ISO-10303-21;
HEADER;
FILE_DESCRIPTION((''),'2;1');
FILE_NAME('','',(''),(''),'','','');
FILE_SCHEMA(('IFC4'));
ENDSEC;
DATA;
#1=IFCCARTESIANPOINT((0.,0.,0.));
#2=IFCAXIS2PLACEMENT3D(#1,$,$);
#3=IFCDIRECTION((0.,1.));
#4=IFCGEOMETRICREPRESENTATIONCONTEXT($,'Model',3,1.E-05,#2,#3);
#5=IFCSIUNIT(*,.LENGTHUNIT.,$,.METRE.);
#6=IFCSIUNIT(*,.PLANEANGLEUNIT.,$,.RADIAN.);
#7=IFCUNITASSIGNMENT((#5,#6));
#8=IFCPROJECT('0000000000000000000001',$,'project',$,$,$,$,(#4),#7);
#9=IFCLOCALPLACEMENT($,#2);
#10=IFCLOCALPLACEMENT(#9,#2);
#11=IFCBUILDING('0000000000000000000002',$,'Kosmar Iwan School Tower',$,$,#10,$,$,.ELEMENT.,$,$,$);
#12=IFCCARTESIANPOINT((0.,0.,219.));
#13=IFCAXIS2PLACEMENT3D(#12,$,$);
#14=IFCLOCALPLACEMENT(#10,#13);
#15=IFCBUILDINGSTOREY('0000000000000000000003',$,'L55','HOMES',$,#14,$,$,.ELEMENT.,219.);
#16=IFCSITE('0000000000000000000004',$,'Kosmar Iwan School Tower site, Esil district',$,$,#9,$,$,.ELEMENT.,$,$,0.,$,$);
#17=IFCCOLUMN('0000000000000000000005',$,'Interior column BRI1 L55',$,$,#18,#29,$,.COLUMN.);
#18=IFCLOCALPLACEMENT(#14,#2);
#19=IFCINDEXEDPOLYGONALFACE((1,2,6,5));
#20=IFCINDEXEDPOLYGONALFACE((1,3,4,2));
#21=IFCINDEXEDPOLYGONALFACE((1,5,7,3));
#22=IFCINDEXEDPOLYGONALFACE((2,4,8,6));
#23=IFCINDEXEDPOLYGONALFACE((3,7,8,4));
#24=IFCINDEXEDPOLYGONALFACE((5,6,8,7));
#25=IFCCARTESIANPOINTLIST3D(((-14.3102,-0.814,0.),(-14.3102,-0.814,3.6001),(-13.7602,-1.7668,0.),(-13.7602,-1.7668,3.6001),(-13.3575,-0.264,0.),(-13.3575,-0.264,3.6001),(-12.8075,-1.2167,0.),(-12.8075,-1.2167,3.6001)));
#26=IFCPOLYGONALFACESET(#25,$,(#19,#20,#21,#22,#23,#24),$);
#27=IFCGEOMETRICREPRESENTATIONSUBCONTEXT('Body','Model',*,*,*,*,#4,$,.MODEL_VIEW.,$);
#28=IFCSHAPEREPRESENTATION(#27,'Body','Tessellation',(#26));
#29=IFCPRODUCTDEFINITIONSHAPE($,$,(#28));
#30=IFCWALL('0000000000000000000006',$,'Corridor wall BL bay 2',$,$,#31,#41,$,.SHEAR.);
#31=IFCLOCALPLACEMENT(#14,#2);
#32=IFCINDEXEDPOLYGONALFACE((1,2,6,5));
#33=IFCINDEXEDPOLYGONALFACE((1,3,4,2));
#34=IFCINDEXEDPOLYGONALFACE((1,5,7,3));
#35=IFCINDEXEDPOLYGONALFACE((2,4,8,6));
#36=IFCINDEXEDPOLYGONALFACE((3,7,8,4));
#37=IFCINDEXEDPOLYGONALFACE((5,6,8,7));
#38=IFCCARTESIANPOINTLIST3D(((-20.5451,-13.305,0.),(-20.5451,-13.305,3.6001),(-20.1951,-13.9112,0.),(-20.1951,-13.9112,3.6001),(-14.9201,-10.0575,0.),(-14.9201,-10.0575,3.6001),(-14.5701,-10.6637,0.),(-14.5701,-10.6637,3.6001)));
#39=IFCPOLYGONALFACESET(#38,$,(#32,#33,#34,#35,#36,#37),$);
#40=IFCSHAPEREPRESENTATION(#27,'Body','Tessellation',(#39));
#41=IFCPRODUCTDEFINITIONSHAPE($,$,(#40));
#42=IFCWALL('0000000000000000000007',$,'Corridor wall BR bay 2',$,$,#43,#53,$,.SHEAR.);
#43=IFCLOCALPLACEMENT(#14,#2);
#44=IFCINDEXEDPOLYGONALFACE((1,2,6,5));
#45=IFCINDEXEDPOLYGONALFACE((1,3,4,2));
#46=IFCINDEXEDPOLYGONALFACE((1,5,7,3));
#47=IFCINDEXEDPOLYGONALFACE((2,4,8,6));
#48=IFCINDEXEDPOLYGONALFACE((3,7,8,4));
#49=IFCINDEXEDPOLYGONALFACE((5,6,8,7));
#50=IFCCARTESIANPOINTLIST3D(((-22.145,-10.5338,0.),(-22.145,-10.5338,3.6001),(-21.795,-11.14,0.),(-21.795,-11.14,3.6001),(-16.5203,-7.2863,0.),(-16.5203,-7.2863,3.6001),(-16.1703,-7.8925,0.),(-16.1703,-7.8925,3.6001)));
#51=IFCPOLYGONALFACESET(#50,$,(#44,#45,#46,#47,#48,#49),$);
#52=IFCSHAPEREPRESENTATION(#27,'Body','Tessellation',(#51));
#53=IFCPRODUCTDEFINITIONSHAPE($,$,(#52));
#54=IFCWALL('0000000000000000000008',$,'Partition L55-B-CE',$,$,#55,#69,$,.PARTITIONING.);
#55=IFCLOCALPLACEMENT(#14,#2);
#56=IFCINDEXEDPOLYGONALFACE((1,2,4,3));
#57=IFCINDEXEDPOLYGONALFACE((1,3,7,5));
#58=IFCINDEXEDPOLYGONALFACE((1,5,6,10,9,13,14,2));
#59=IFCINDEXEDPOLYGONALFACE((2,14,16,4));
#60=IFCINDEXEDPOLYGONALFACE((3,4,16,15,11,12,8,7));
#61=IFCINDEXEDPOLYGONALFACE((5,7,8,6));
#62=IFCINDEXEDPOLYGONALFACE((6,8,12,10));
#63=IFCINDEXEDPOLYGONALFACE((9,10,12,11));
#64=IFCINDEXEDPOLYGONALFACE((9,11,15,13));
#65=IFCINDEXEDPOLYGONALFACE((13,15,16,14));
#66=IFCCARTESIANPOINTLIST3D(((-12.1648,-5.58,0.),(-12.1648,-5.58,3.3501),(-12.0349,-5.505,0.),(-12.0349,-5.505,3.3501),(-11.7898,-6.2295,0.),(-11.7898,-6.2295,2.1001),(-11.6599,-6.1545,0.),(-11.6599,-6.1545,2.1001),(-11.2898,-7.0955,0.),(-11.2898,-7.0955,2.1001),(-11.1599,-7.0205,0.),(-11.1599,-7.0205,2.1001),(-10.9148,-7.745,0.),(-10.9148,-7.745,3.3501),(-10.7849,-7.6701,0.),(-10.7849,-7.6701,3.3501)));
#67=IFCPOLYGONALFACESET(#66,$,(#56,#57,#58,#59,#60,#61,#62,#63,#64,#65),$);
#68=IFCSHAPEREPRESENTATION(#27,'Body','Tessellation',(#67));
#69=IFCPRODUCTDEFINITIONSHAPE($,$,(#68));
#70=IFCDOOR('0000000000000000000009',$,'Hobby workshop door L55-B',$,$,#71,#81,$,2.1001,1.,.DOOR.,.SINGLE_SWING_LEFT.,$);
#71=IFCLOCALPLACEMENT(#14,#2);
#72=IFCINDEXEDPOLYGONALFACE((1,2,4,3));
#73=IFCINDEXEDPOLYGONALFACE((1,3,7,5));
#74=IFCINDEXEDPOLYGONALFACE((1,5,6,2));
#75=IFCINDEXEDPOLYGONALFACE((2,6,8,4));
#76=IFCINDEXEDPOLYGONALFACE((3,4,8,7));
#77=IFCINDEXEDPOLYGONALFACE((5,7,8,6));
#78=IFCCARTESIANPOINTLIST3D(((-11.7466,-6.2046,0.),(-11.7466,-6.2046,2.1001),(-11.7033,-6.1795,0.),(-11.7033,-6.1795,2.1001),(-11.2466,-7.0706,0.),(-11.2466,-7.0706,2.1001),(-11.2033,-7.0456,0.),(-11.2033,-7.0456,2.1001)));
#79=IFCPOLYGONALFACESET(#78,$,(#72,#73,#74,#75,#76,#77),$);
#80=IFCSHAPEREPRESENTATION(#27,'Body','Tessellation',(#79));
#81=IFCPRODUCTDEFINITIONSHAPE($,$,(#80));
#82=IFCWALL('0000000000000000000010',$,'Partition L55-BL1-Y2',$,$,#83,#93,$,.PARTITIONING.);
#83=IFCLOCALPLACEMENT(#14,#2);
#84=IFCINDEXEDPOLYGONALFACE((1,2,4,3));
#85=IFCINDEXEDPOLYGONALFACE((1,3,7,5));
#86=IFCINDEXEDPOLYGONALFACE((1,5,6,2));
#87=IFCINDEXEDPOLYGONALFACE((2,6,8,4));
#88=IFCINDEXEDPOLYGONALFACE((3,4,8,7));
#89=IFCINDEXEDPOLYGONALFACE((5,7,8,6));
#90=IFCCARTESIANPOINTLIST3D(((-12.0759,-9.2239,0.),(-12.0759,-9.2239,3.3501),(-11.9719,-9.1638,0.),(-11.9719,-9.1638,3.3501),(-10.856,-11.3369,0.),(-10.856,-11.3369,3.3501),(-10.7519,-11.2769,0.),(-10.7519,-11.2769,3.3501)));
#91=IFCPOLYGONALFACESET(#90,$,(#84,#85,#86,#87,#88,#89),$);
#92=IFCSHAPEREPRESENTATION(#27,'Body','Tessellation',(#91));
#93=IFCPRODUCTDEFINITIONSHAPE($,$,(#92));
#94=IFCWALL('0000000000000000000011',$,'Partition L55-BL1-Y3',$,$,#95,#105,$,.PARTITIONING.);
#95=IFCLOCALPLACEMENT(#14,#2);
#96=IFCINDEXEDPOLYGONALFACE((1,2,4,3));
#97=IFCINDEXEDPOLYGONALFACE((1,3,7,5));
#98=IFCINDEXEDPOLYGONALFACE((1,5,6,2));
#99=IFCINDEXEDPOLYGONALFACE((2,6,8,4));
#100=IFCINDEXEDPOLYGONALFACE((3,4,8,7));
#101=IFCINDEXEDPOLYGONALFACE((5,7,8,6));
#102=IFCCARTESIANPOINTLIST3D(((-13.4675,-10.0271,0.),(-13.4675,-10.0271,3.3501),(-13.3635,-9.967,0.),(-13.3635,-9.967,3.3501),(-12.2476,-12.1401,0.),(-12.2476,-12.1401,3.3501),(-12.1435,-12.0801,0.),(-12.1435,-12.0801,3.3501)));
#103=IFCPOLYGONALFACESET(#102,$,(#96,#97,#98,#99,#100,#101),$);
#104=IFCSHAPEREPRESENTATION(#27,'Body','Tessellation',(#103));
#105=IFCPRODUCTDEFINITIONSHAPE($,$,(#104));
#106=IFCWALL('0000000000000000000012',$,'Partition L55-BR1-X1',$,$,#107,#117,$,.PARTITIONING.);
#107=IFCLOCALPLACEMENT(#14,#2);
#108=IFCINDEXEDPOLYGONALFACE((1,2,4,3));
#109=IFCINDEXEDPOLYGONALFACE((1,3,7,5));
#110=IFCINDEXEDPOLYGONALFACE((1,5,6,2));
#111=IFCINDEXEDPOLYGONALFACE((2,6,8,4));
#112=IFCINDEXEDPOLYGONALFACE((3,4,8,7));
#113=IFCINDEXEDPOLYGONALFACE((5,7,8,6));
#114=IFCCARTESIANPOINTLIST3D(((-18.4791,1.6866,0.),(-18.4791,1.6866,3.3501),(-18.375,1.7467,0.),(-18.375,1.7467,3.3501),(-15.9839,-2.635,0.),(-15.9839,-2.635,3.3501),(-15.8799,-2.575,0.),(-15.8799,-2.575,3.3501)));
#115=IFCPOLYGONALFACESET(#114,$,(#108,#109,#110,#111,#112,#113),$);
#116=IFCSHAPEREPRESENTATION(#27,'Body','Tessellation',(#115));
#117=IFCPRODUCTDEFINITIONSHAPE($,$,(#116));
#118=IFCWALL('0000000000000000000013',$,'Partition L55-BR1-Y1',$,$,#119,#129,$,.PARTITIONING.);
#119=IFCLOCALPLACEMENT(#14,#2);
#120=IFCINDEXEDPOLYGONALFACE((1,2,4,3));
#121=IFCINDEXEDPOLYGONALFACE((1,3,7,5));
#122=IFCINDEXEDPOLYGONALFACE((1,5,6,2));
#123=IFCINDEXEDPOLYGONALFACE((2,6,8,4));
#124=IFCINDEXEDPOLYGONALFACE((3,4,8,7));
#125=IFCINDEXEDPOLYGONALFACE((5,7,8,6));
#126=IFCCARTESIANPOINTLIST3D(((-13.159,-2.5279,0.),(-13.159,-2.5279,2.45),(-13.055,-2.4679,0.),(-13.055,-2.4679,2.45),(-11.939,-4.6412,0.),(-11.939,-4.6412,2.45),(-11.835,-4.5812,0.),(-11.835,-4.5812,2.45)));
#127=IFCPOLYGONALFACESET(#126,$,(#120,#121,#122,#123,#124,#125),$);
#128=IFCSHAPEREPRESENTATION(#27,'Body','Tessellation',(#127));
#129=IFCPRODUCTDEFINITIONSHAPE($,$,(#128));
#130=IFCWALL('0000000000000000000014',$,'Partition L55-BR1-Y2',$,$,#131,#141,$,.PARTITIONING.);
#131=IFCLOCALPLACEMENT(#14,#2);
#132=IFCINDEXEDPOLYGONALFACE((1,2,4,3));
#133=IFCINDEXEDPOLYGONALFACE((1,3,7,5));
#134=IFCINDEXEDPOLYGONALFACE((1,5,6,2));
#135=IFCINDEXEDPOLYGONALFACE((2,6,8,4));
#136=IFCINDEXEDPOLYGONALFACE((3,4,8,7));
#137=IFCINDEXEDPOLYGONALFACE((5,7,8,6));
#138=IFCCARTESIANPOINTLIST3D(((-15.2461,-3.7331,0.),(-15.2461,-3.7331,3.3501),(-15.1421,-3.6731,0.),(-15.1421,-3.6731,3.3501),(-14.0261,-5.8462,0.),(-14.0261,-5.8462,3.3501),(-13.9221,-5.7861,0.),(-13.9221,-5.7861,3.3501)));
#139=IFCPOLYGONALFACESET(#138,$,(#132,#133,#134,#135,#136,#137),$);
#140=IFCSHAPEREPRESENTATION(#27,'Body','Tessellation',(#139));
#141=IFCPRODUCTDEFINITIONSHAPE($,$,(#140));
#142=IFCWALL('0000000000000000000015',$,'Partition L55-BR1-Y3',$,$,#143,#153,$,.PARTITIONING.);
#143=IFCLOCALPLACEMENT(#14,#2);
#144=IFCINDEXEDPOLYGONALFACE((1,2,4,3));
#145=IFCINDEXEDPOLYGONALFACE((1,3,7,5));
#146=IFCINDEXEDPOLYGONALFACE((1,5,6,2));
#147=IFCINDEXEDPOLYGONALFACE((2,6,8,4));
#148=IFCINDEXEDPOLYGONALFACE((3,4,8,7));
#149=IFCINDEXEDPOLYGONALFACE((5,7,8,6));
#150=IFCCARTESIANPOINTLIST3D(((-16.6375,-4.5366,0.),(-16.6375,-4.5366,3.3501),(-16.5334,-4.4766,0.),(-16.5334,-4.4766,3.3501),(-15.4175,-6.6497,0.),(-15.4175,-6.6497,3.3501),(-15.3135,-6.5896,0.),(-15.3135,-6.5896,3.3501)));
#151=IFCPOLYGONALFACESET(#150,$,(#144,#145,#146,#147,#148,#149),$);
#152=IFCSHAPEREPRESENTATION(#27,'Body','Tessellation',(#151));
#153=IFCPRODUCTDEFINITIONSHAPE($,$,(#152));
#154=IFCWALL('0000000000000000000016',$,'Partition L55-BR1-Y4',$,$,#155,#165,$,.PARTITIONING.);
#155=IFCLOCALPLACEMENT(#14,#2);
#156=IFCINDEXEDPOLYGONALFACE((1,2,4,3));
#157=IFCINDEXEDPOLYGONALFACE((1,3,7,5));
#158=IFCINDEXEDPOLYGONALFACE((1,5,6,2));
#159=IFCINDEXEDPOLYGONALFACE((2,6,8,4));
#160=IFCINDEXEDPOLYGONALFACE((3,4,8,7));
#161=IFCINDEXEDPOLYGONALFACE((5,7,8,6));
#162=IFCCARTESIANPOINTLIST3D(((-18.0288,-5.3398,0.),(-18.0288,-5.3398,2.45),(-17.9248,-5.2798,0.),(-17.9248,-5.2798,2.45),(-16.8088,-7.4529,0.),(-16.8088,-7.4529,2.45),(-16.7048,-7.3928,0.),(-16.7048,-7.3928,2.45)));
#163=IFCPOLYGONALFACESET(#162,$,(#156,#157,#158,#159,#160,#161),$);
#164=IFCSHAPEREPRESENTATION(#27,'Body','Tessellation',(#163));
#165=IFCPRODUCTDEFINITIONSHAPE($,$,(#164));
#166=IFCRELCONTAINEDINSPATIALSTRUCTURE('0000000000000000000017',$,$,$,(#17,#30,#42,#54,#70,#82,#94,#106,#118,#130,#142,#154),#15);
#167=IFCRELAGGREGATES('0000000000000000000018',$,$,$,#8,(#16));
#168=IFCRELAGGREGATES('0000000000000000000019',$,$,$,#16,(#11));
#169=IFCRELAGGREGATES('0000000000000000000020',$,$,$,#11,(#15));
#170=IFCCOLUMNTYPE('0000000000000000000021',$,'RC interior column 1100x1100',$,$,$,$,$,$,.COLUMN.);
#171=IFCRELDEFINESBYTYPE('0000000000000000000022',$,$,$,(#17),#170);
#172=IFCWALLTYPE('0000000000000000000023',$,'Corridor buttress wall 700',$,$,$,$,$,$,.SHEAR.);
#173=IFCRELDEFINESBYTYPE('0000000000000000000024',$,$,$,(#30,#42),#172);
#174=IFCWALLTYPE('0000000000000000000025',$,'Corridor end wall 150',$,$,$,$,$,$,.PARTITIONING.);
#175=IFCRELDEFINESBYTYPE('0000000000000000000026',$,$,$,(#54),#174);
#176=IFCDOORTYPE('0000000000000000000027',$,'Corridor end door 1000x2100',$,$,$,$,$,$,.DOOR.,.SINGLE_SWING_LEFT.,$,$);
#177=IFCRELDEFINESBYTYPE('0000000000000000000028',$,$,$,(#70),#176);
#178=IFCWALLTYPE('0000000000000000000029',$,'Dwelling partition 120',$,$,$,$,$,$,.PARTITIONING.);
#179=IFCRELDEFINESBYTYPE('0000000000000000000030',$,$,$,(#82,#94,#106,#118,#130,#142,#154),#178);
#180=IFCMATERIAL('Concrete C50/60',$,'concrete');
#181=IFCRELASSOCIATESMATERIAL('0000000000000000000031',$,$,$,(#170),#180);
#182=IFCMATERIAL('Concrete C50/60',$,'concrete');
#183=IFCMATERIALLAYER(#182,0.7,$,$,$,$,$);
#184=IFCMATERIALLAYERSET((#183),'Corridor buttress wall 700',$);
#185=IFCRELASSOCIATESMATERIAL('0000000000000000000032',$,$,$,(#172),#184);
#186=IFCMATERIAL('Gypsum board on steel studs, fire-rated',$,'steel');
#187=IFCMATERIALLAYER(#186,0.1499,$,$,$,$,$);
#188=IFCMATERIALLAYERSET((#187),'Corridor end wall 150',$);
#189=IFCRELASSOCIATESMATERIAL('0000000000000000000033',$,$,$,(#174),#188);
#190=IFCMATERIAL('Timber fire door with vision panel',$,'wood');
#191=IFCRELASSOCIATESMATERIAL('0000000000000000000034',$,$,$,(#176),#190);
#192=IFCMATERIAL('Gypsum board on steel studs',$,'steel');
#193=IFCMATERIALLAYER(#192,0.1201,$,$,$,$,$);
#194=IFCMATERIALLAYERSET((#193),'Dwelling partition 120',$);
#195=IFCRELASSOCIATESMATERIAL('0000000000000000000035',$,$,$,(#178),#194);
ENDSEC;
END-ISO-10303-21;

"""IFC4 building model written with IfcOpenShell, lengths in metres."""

from ifc_helpers import new_model, si_unit, direction, frame, frame_2d, origin, origin_2d, place, context, subcontext, project, spatial, rectangle, extrude, material, layer, layer_set, material_profile, profile_set, type_object, element, fill, save


model = new_model("IFC4")

# Units and contexts
model_context = context("Model", 3, precision=1e-05, world=origin(), true_north=direction((0.0, 1.0)))
body_context = subcontext(model_context, "Body", "Model", "MODEL_VIEW")
ifc_project = project(units=[si_unit("LENGTHUNIT", "METRE"), si_unit("PLANEANGLEUNIT", "RADIAN")], contexts=[model_context])

# Site, building, storey
site_placement = place(None, origin())
site = spatial("IfcSite", under=ifc_project, at=site_placement, Name="Kosmar Iwan School Tower site, Esil district", CompositionType="ELEMENT", RefElevation=0.0)
building_placement = place(site_placement, origin())
building = spatial("IfcBuilding", under=site, at=building_placement, Name="Kosmar Iwan School Tower", CompositionType="ELEMENT")
storey_placement = place(building_placement, frame((0.0, 0.0, 219.0)))
storey = spatial("IfcBuildingStorey", under=building, at=storey_placement, Name="L55", Description="HOMES", CompositionType="ELEMENT", Elevation=219.0)

# Column
ifc_material_1 = material(Name="Concrete C50/60", Category="concrete")
ifc_material_profile = material_profile(ifc_material_1, rectangle(XDim=1.1001, YDim=1.1001, at=origin_2d()), Name="RC 1100x1100")
ifc_profile_set = profile_set([ifc_material_profile], Name="Concrete C50/60")
column_type = type_object("IfcColumnType", Name="RC interior column 1100x1100", PredefinedType="COLUMN", material=ifc_profile_set)
column_placement = place(storey_placement, frame((-13.5588, -1.0154, 0.0), z_axis=(0.0, 0.0, 1.0), x_axis=(-0.866025, -0.5, 0.0)))
element("IfcColumn", 1, at=column_placement, inside=storey, type_object=column_type, Name="Interior column BRI1 L55", PredefinedType="COLUMN", context=body_context, shape_type="SweptSolid", body=[
    extrude(rectangle(XDim=1.1001, YDim=1.1001, at=origin_2d()), origin(), (0.0, 0.0, 1.0), 3.6001),
])

# Walls
ifc_material_2 = material(Name="Concrete C50/60", Category="concrete")
ifc_layer_1 = layer(ifc_material_2, 0.7)
ifc_layer_set_1 = layer_set([ifc_layer_1], Name="Corridor buttress wall 700")
wall_type_1 = type_object("IfcWallType", Name="Corridor buttress wall 700", PredefinedType="SHEAR", material=ifc_layer_set_1)
wall_1_placement = place(storey_placement, frame((-14.7451, -10.3606, 0.0), z_axis=(0.0, 0.0, 1.0), x_axis=(-0.866028, -0.499996, 0.0)))
element("IfcWall", 2, at=wall_1_placement, inside=storey, type_object=wall_type_1, Name="Corridor wall BL bay 2", PredefinedType="SHEAR", context=body_context, shape_type="SweptSolid", body=[
    extrude(rectangle(XDim=6.4951, YDim=0.7, at=frame_2d((3.2476, 0.0))), origin(), (0.0, 0.0, 1.0), 3.6001),
])
wall_2_placement = place(storey_placement, frame((-16.3452, -7.5894, 0.0), z_axis=(0.0, 0.0, 1.0), x_axis=(-0.866018, -0.500012, 0.0)))
element("IfcWall", 3, at=wall_2_placement, inside=storey, type_object=wall_type_1, Name="Corridor wall BR bay 2", PredefinedType="SHEAR", context=body_context, shape_type="SweptSolid", body=[
    extrude(rectangle(XDim=6.4949, YDim=0.7, at=frame_2d((3.2476, 0.0))), origin(), (0.0, 0.0, 1.0), 3.6001),
])

# Wall, opening, door
ifc_material_3 = material(Name="Gypsum board on steel studs, fire-rated", Category="steel")
ifc_layer_2 = layer(ifc_material_3, 0.1499)
ifc_layer_set_2 = layer_set([ifc_layer_2], Name="Corridor end wall 150")
wall_type_2 = type_object("IfcWallType", Name="Corridor end wall 150", PredefinedType="PARTITIONING", material=ifc_layer_set_2)
wall_3_placement = place(storey_placement, frame((-12.0999, -5.5425, 0.0), z_axis=(0.0, 0.0, 1.0), x_axis=(0.500004, -0.866023, 0.0)))
wall_3 = element("IfcWall", 4, at=wall_3_placement, inside=storey, type_object=wall_type_2, Name="Partition L55-B-CE", PredefinedType="PARTITIONING", context=body_context, shape_type="SweptSolid", body=[
    extrude(rectangle(XDim=2.5, YDim=0.1499, at=frame_2d((1.25, 0.0))), origin(), (0.0, 0.0, 1.0), 3.3501),
])
opening_placement = place(wall_3_placement, frame((0.75, 0.0, 0.0)))
opening = element("IfcOpeningElement", 5, at=opening_placement, cuts=wall_3, PredefinedType="OPENING", context=body_context, shape_type="SweptSolid", body=[
    extrude(rectangle(XDim=1.0, YDim=2.1001, at=frame_2d((0.5, 1.05))), frame((0.0, 0.0869, 0.0), z_axis=(0.0, -1.0, 0.0), x_axis=(1.0, 0.0, 0.0)), (0.0, 0.0, 1.0), 0.1738),
])
ifc_material_4 = material(Name="Timber fire door with vision panel", Category="wood")
door_type = type_object("IfcDoorType", Name="Corridor end door 1000x2100", OperationType="SINGLE_SWING_LEFT", PredefinedType="DOOR", material=ifc_material_4)
door_placement = place(opening_placement, origin())
door = element("IfcDoor", 6, at=door_placement, inside=storey, type_object=door_type, Name="Hobby workshop door L55-B", OperationType="SINGLE_SWING_LEFT", OverallHeight=2.1001, OverallWidth=1.0, PredefinedType="DOOR", context=body_context, shape_type="SweptSolid", body=[
    extrude(rectangle(XDim=1.0, YDim=2.1001, at=frame_2d((0.5, 1.05))), frame((0.0, 0.0249, 0.0), z_axis=(0.0, -1.0, 0.0), x_axis=(1.0, 0.0, 0.0)), (0.0, 0.0, 1.0), 0.05),
])
fill(opening, door)

# Walls
ifc_material_5 = material(Name="Gypsum board on steel studs", Category="steel")
ifc_layer_3 = layer(ifc_material_5, 0.1201)
ifc_layer_set_3 = layer_set([ifc_layer_3], Name="Dwelling partition 120")
wall_type_3 = type_object("IfcWallType", Name="Dwelling partition 120", PredefinedType="PARTITIONING", material=ifc_layer_set_3)
for number, where, z_axis, x_axis, name in (
    (7, (-12.0239, -9.1938, 0.0), (0.0, 0.0, 1.0), (0.500003, -0.866024, 0.0), "Partition L55-BL1-Y2"),
    (8, (-13.4155, -9.9971, 0.0), (0.0, 0.0, 1.0), (0.500003, -0.866024, 0.0), "Partition L55-BL1-Y3"),
):
    element("IfcWall", number, at=place(storey_placement, frame(where, z_axis=z_axis, x_axis=x_axis)), inside=storey, type_object=wall_type_3, Name=name, PredefinedType="PARTITIONING", context=body_context, shape_type="SweptSolid", body=[
        extrude(rectangle(XDim=2.4399, YDim=0.1201, at=frame_2d((1.22, 0.0))), origin(), (0.0, 0.0, 1.0), 3.3501),
    ])
wall_4_placement = place(storey_placement, frame((-15.9319, -2.605, 0.0), z_axis=(0.0, 0.0, 1.0), x_axis=(-0.500012, 0.866019, 0.0)))
element("IfcWall", 9, at=wall_4_placement, inside=storey, type_object=wall_type_3, Name="Partition L55-BR1-X1", PredefinedType="PARTITIONING", context=body_context, shape_type="SweptSolid", body=[
    extrude(rectangle(XDim=4.9902, YDim=0.1201, at=frame_2d((2.4951, 0.0))), origin(), (0.0, 0.0, 1.0), 3.3501),
])
wall_5_placement = place(storey_placement, frame((-11.887, -4.6113, 0.0), z_axis=(0.0, 0.0, 1.0), x_axis=(-0.499959, 0.866049, 0.0)))
element("IfcWall", 10, at=wall_5_placement, inside=storey, type_object=wall_type_3, Name="Partition L55-BR1-Y1", PredefinedType="PARTITIONING", context=body_context, shape_type="SweptSolid", body=[
    extrude(rectangle(XDim=2.4402, YDim=0.1201, at=frame_2d((1.2202, 0.0))), origin(), (0.0, 0.0, 1.0), 2.45),
])
for number, where, z_axis, x_axis, name in (
    (11, (-13.9741, -5.8162, 0.0), (0.0, 0.0, 1.0), (-0.500003, 0.866024, 0.0), "Partition L55-BR1-Y2"),
    (12, (-15.3655, -6.6196, 0.0), (0.0, 0.0, 1.0), (-0.500003, 0.866024, 0.0), "Partition L55-BR1-Y3"),
):
    element("IfcWall", number, at=place(storey_placement, frame(where, z_axis=z_axis, x_axis=x_axis)), inside=storey, type_object=wall_type_3, Name=name, PredefinedType="PARTITIONING", context=body_context, shape_type="SweptSolid", body=[
        extrude(rectangle(XDim=2.4399, YDim=0.1201, at=frame_2d((1.22, 0.0))), origin(), (0.0, 0.0, 1.0), 3.3501),
    ])
wall_6_placement = place(storey_placement, frame((-16.7568, -7.4229, 0.0), z_axis=(0.0, 0.0, 1.0), x_axis=(-0.500003, 0.866024, 0.0)))
element("IfcWall", 13, at=wall_6_placement, inside=storey, type_object=wall_type_3, Name="Partition L55-BR1-Y4", PredefinedType="PARTITIONING", context=body_context, shape_type="SweptSolid", body=[
    extrude(rectangle(XDim=2.4399, YDim=0.1201, at=frame_2d((1.22, 0.0))), origin(), (0.0, 0.0, 1.0), 2.45),
])

save(model, "model.ifc")
